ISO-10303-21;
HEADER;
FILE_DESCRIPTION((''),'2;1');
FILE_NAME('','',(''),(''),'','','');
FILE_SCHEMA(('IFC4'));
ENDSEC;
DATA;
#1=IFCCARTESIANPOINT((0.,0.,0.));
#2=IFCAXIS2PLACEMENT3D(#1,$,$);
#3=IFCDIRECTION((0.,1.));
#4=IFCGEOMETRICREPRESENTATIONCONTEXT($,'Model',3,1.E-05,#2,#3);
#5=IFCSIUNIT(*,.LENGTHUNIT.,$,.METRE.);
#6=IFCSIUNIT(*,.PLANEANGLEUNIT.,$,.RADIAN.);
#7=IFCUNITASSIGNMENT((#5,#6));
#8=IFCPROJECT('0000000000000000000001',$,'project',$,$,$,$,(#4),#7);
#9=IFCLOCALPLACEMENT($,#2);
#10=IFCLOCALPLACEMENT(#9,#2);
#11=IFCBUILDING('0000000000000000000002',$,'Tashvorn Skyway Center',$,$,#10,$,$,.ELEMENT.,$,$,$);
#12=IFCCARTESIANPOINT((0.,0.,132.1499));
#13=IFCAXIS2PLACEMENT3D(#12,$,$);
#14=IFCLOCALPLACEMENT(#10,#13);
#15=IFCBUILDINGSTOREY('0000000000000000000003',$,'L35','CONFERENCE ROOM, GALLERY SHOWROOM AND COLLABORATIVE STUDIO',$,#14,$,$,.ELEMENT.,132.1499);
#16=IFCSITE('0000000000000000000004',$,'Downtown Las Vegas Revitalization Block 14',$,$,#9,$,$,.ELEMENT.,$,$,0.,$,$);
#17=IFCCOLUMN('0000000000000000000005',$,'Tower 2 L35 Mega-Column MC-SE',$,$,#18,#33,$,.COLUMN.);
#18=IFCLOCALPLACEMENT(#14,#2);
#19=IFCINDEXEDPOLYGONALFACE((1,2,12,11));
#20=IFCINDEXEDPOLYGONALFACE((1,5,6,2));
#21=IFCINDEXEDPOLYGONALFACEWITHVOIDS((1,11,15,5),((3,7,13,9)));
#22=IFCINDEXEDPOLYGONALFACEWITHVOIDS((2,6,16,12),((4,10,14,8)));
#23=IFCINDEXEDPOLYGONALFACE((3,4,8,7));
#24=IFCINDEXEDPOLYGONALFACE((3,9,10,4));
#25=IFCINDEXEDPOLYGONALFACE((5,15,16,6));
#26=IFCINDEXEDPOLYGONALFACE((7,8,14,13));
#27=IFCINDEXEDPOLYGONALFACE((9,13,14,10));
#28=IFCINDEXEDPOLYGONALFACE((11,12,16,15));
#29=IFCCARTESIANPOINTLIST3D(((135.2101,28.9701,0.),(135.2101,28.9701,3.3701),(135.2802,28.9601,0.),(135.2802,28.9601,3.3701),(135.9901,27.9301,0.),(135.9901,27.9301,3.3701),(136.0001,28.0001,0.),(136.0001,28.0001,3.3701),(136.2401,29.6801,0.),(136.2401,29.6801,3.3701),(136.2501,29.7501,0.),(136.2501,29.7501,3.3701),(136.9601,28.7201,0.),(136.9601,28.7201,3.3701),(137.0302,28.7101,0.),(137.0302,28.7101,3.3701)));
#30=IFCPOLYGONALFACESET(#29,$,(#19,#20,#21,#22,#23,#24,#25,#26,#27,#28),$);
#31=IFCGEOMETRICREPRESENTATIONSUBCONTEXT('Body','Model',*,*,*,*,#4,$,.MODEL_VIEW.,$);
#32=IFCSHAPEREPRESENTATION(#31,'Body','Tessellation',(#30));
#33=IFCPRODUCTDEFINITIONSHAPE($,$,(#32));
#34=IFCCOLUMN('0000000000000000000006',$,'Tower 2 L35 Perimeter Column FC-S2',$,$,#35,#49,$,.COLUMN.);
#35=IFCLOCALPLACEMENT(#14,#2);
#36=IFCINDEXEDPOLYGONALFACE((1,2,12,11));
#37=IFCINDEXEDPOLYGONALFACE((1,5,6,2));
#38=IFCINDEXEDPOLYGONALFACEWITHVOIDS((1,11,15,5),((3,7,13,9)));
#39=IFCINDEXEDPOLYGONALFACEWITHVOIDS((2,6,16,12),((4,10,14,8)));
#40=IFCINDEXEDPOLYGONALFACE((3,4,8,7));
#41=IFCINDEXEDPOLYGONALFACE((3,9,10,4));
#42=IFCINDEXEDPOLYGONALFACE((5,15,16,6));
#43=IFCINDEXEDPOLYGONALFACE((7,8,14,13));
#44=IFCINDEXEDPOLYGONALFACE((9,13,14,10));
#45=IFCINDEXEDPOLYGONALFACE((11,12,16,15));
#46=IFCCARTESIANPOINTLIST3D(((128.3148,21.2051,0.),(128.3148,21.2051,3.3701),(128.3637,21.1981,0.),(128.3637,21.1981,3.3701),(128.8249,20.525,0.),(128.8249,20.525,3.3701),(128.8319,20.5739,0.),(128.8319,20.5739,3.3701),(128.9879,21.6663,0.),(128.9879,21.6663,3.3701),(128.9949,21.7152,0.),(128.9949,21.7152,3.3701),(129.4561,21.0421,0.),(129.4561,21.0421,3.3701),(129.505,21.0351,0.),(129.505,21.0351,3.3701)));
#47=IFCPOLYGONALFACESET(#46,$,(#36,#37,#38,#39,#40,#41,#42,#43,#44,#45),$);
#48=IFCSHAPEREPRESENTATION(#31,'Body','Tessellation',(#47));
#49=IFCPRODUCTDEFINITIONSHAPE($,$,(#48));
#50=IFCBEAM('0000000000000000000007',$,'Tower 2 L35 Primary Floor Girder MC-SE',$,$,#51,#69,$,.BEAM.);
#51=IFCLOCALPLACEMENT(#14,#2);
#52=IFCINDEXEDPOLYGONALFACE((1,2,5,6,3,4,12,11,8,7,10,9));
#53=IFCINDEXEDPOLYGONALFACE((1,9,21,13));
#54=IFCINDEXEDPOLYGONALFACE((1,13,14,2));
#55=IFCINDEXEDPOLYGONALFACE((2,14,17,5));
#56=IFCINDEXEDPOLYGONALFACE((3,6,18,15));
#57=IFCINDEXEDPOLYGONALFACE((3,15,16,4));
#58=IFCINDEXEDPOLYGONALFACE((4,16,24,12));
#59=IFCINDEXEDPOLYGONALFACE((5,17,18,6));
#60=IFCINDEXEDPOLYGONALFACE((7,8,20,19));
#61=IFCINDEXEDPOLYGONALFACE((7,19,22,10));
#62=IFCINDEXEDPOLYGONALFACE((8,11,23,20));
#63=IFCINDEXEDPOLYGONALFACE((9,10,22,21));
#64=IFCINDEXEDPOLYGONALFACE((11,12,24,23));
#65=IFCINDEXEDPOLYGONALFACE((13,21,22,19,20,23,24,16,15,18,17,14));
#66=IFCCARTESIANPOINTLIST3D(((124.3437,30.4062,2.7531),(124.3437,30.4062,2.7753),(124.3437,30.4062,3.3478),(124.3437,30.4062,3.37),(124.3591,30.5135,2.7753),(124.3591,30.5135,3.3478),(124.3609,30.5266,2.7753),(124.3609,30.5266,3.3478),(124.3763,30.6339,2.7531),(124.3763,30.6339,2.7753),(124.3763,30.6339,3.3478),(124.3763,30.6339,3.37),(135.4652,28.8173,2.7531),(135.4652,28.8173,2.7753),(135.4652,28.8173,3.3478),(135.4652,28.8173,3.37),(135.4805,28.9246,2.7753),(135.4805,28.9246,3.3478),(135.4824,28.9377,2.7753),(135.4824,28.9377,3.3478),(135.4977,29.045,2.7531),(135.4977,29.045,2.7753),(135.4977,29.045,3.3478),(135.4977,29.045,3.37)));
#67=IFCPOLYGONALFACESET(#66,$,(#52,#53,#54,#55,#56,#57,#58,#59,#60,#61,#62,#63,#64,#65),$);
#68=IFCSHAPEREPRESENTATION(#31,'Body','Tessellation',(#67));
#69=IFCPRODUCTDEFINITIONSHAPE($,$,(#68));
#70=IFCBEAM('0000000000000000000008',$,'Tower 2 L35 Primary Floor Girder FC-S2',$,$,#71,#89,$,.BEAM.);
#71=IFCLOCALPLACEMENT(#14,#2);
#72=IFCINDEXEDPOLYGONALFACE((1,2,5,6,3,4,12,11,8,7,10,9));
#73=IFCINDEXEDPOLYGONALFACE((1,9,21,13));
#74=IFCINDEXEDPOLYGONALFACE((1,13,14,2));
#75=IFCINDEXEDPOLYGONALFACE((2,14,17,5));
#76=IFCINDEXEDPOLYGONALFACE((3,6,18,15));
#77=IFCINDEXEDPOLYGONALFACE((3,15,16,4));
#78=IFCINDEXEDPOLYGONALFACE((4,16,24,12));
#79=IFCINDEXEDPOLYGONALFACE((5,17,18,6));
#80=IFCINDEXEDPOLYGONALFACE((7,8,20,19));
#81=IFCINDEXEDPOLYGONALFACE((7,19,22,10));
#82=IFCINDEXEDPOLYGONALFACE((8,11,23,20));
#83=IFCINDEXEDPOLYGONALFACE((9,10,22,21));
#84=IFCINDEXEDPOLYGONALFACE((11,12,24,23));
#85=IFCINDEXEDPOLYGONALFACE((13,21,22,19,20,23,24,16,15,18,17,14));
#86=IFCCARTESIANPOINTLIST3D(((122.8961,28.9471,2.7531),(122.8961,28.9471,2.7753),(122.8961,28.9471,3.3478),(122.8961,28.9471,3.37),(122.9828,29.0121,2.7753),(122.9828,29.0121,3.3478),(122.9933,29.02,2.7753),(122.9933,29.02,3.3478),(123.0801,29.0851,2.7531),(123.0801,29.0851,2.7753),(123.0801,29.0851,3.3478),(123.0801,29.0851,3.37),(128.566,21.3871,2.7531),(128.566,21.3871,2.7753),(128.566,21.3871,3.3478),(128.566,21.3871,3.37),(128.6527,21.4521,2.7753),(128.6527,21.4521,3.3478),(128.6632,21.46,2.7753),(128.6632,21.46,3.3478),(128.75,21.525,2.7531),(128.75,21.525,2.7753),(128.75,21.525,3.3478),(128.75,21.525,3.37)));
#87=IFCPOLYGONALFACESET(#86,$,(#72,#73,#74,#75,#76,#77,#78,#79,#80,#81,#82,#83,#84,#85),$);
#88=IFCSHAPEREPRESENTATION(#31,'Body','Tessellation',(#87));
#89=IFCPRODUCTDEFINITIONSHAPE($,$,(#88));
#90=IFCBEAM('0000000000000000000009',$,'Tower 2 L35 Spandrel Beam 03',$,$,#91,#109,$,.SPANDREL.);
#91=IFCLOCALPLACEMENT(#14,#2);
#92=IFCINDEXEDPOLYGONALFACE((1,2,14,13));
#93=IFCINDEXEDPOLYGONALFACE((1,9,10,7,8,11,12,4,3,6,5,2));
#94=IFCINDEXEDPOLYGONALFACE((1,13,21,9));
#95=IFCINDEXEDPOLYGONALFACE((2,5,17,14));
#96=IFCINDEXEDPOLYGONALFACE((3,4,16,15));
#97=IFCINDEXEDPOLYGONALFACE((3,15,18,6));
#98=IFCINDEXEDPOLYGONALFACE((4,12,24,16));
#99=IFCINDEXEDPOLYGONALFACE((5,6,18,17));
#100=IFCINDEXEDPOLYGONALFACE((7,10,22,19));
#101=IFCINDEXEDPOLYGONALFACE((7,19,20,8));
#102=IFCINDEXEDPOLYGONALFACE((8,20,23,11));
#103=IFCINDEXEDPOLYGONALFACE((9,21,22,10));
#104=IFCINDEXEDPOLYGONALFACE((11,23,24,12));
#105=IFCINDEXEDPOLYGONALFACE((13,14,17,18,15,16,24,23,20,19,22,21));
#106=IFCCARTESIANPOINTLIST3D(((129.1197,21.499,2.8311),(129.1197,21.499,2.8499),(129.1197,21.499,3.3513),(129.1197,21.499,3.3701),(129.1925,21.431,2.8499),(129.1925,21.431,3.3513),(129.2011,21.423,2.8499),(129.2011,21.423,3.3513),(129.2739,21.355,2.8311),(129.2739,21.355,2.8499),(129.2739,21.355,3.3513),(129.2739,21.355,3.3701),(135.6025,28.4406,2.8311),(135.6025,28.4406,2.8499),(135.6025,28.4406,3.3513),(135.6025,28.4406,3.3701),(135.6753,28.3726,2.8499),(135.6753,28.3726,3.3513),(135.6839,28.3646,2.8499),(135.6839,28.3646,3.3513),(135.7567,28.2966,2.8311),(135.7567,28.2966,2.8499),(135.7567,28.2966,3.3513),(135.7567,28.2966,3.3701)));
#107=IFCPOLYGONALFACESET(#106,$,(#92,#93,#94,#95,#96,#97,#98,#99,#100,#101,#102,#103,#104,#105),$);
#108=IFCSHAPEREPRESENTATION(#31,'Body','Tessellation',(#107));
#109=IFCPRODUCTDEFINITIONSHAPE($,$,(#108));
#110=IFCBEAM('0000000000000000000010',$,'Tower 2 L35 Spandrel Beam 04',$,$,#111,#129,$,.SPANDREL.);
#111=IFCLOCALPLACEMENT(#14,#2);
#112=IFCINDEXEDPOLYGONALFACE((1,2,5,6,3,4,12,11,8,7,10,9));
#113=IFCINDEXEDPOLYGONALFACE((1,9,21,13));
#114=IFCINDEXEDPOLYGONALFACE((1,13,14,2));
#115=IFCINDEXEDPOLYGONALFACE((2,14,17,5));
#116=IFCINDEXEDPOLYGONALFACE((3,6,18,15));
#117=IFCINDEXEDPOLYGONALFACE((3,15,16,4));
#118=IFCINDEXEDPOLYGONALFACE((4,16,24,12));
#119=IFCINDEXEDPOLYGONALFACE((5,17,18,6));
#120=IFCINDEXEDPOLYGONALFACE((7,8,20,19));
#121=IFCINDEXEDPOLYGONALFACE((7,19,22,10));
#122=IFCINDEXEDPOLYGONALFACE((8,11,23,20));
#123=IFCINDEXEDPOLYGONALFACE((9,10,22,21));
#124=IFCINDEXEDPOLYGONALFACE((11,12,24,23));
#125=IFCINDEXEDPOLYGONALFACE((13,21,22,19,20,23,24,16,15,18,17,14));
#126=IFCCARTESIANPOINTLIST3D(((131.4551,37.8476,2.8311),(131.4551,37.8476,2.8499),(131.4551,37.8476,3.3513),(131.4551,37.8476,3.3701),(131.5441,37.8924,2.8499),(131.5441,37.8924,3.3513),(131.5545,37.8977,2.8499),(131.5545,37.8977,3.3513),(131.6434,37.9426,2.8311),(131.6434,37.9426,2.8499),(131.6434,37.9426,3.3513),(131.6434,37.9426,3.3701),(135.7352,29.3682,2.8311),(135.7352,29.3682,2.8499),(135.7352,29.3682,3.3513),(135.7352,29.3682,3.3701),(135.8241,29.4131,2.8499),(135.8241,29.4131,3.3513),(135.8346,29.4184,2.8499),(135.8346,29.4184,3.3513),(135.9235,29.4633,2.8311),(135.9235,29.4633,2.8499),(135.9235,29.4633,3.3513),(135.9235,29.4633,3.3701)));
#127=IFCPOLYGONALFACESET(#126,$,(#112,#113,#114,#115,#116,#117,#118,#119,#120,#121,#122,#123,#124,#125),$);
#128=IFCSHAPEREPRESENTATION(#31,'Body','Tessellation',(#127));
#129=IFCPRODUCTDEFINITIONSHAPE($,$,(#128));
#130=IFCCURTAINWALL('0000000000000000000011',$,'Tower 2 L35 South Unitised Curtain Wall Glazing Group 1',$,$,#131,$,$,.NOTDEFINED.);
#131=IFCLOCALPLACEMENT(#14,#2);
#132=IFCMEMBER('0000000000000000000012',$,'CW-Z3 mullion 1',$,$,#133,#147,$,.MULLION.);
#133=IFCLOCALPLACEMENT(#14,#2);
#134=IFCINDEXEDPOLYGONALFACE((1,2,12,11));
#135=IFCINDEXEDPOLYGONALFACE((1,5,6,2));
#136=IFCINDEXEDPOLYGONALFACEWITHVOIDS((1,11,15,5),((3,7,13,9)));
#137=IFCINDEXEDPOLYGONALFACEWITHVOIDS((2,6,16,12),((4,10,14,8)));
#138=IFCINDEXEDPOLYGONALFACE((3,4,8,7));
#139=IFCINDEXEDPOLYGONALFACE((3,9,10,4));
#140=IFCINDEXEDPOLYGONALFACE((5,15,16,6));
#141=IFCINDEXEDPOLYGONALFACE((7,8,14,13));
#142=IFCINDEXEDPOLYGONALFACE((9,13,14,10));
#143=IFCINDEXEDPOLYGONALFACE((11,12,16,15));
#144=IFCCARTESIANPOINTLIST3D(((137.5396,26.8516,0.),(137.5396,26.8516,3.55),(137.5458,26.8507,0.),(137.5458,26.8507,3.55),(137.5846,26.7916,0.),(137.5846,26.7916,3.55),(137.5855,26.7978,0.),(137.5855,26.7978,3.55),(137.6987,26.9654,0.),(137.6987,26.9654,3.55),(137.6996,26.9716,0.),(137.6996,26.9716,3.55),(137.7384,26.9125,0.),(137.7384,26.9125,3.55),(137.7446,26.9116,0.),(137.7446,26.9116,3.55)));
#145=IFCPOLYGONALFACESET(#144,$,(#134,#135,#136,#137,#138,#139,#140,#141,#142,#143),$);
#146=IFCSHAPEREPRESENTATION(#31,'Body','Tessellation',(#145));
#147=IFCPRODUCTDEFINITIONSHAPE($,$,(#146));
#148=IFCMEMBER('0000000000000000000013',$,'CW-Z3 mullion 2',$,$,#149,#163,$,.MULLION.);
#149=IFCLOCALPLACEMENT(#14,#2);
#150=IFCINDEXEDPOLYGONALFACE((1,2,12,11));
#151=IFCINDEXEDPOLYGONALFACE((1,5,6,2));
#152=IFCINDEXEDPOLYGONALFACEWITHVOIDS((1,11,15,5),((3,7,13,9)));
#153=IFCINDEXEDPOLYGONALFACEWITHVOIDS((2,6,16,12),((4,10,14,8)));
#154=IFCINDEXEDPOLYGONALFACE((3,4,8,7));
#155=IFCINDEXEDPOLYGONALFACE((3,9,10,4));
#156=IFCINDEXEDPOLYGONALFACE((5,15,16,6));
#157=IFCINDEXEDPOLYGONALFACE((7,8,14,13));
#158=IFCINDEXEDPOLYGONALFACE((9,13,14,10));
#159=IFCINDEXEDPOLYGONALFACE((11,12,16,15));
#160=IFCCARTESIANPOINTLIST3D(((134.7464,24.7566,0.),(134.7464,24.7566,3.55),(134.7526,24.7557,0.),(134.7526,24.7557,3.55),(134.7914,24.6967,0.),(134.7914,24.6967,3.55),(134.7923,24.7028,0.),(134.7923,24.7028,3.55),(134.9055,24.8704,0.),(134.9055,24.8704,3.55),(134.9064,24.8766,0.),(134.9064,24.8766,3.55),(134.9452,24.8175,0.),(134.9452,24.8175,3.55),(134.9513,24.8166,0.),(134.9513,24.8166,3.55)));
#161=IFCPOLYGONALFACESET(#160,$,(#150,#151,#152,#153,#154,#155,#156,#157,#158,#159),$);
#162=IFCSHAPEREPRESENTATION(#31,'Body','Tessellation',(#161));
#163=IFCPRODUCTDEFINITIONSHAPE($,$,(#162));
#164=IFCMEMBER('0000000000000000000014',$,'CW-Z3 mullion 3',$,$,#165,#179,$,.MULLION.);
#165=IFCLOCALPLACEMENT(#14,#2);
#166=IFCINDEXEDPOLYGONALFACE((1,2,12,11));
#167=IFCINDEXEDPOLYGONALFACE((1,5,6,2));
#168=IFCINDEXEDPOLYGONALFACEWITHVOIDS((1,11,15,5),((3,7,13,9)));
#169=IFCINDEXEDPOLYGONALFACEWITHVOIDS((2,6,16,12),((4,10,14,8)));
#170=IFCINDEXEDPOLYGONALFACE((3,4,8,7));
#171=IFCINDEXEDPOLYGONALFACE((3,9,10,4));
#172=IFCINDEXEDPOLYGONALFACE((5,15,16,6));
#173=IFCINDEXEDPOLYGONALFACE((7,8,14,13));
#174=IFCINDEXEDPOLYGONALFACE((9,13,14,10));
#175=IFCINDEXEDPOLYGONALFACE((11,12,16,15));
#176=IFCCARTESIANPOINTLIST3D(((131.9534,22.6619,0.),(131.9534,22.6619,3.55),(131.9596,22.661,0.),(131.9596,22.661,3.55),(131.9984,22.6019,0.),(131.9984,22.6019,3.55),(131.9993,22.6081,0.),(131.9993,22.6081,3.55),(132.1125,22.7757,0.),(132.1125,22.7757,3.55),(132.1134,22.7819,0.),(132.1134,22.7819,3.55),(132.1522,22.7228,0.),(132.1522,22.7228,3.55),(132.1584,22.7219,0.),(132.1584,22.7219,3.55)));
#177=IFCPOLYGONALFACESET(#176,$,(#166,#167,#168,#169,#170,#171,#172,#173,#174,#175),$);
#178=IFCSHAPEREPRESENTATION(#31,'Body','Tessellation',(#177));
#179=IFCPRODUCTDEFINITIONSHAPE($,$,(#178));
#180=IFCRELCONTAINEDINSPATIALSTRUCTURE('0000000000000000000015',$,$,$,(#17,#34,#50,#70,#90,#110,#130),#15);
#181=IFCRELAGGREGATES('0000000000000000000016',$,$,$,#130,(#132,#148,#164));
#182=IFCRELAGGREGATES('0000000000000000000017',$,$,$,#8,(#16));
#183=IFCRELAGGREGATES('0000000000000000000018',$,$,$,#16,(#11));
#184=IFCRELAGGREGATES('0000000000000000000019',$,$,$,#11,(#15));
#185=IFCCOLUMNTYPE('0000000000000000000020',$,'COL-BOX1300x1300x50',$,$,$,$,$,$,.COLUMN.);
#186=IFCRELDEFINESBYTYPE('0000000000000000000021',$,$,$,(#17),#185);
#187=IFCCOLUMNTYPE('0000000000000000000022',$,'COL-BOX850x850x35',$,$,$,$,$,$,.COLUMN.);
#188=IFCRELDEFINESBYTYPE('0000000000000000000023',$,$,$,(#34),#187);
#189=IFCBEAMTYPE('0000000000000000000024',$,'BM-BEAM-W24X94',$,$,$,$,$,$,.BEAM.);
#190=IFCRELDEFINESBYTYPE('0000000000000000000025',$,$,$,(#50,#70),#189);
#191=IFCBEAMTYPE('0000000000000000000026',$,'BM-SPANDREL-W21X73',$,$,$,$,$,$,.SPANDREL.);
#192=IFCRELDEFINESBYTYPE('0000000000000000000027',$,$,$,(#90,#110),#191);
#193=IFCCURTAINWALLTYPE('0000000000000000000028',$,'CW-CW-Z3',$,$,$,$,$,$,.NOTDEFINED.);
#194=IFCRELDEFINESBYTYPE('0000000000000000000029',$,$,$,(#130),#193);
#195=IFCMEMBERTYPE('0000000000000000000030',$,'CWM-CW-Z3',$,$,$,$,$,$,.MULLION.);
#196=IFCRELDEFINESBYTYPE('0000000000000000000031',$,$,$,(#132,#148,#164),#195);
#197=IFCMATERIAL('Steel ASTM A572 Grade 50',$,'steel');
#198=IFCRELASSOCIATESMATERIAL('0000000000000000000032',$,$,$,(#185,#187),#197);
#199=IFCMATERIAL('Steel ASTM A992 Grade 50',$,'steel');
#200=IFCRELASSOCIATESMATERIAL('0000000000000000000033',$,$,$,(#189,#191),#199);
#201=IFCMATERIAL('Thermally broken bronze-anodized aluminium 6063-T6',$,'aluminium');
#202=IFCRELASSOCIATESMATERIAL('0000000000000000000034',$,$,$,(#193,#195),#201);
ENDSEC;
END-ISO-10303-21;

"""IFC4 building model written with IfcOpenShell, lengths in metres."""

from ifc_helpers import new_model, si_unit, direction, frame, origin, origin_2d, place, context, subcontext, project, spatial, hollow_rectangle, i_section, extrude, material, material_profile, profile_set, type_object, element, aggregate, save


model = new_model("IFC4")

# Units and contexts
model_context = context("Model", 3, precision=1e-05, world=origin(), true_north=direction((0.0, 1.0)))
body_context = subcontext(model_context, "Body", "Model", "MODEL_VIEW")
ifc_project = project(units=[si_unit("LENGTHUNIT", "METRE"), si_unit("PLANEANGLEUNIT", "RADIAN")], contexts=[model_context])

# Site, building, storey
site_placement = place(None, origin())
site = spatial("IfcSite", under=ifc_project, at=site_placement, Name="Downtown Las Vegas Revitalization Block 14", CompositionType="ELEMENT", RefElevation=0.0)
building_placement = place(site_placement, origin())
building = spatial("IfcBuilding", under=site, at=building_placement, Name="Tashvorn Skyway Center", CompositionType="ELEMENT")
storey_placement = place(building_placement, frame((0.0, 0.0, 132.1499)))
storey = spatial("IfcBuildingStorey", under=building, at=storey_placement, Name="L35", Description="CONFERENCE ROOM, GALLERY SHOWROOM AND COLLABORATIVE STUDIO", CompositionType="ELEMENT", Elevation=132.1499)

# Columns
ifc_material_1 = material(Name="Steel ASTM A572 Grade 50", Category="steel")
ifc_material_profile_1 = material_profile(ifc_material_1, hollow_rectangle(XDim=1.3, YDim=1.3, WallThickness=0.05, at=origin_2d()), Name="BOX1300x1300x50")
ifc_profile_set_1 = profile_set([ifc_material_profile_1], Name="Steel ASTM A572 Grade 50")
column_type_1 = type_object("IfcColumnType", Name="COL-BOX1300x1300x50", PredefinedType="COLUMN", material=ifc_profile_set_1)
column_1_placement = place(storey_placement, frame((136.1201, 28.8401, 0.0), z_axis=(0.0, 0.0, 1.0), x_axis=(0.8, 0.6, 0.0)))
element("IfcColumn", 1, at=column_1_placement, inside=storey, type_object=column_type_1, Name="Tower 2 L35 Mega-Column MC-SE", PredefinedType="COLUMN", context=body_context, shape_type="SweptSolid", body=[
    extrude(hollow_rectangle(XDim=1.3, YDim=1.3, WallThickness=0.05, at=origin_2d()), origin(), (0.0, 0.0, 1.0), 3.3701),
])
ifc_material_profile_2 = material_profile(ifc_material_1, hollow_rectangle(XDim=0.8501, YDim=0.8501, WallThickness=0.0349, at=origin_2d()), Name="BOX850x850x35")
ifc_profile_set_2 = profile_set([ifc_material_profile_2], Name="Steel ASTM A572 Grade 50")
column_type_2 = type_object("IfcColumnType", Name="COL-BOX850x850x35", PredefinedType="COLUMN", material=ifc_profile_set_2)
column_2_placement = place(storey_placement, frame((128.9099, 21.1201, 0.0), z_axis=(0.0, 0.0, 1.0), x_axis=(0.8, 0.6, 0.0)))
element("IfcColumn", 2, at=column_2_placement, inside=storey, type_object=column_type_2, Name="Tower 2 L35 Perimeter Column FC-S2", PredefinedType="COLUMN", context=body_context, shape_type="SweptSolid", body=[
    extrude(hollow_rectangle(XDim=0.8501, YDim=0.8501, WallThickness=0.0349, at=origin_2d()), origin(), (0.0, 0.0, 1.0), 3.3701),
])

# Beams
ifc_material_2 = material(Name="Steel ASTM A992 Grade 50", Category="steel")
ifc_material_profile_3 = material_profile(ifc_material_2, i_section(OverallWidth=0.23, OverallDepth=0.6169, WebThickness=0.0132, FlangeThickness=0.0222, at=origin_2d()), Name="W24X94")
ifc_profile_set_3 = profile_set([ifc_material_profile_3], Name="Steel ASTM A992 Grade 50")
beam_type_1 = type_object("IfcBeamType", Name="BM-BEAM-W24X94", PredefinedType="BEAM", material=ifc_profile_set_3)
beam_1_placement = place(storey_placement, frame((135.4814, 28.9312, 3.0615), z_axis=(-0.989948, 0.14143, 0.0), x_axis=(-0.14143, -0.989948, 0.0)))
element("IfcBeam", 3, at=beam_1_placement, inside=storey, type_object=beam_type_1, Name="Tower 2 L35 Primary Floor Girder MC-SE", PredefinedType="BEAM", context=body_context, shape_type="SweptSolid", body=[
    extrude(i_section(OverallWidth=0.23, OverallDepth=0.6169, WebThickness=0.0132, FlangeThickness=0.0222, at=origin_2d()), origin(), (0.0, 0.0, 1.0), 11.2344),
])
beam_2_placement = place(storey_placement, frame((128.658, 21.4561, 3.0615), z_axis=(-0.599992, 0.800006, 0.0), x_axis=(-0.800006, -0.599992, 0.0)))
element("IfcBeam", 4, at=beam_2_placement, inside=storey, type_object=beam_type_1, Name="Tower 2 L35 Primary Floor Girder FC-S2", PredefinedType="BEAM", context=body_context, shape_type="SweptSolid", body=[
    extrude(i_section(OverallWidth=0.23, OverallDepth=0.6169, WebThickness=0.0132, FlangeThickness=0.0222, at=origin_2d()), origin(), (0.0, 0.0, 1.0), 9.45),
])
ifc_material_profile_4 = material_profile(ifc_material_2, i_section(OverallWidth=0.2109, OverallDepth=0.5391, WebThickness=0.0117, FlangeThickness=0.0188, at=origin_2d()), Name="W21X73")
ifc_profile_set_4 = profile_set([ifc_material_profile_4], Name="Steel ASTM A992 Grade 50")
beam_type_2 = type_object("IfcBeamType", Name="BM-SPANDREL-W21X73", PredefinedType="SPANDREL", material=ifc_profile_set_4)
beam_3_placement = place(storey_placement, frame((129.1968, 21.427, 3.1006), z_axis=(0.682545, 0.730843, 0.0), x_axis=(-0.730843, 0.682545, 0.0)))
element("IfcBeam", 5, at=beam_3_placement, inside=storey, type_object=beam_type_2, Name="Tower 2 L35 Spandrel Beam 03", PredefinedType="SPANDREL", context=body_context, shape_type="SweptSolid", body=[
    extrude(i_section(OverallWidth=0.2109, OverallDepth=0.5391, WebThickness=0.0117, FlangeThickness=0.0188, at=origin_2d()), origin(), (0.0, 0.0, 1.0), 9.498),
])
beam_4_placement = place(storey_placement, frame((135.8293, 29.4158, 3.1006), z_axis=(-0.450614, 0.892719, 0.0), x_axis=(-0.892719, -0.450614, 0.0)))
element("IfcBeam", 6, at=beam_4_placement, inside=storey, type_object=beam_type_2, Name="Tower 2 L35 Spandrel Beam 04", PredefinedType="SPANDREL", context=body_context, shape_type="SweptSolid", body=[
    extrude(i_section(OverallWidth=0.2109, OverallDepth=0.5391, WebThickness=0.0117, FlangeThickness=0.0188, at=origin_2d()), origin(), (0.0, 0.0, 1.0), 9.4983),
])

# Curtain wall, members
ifc_material_3 = material(Name="Thermally broken bronze-anodized aluminium 6063-T6", Category="aluminium")
curtain_wall_type = type_object("IfcCurtainWallType", Name="CW-CW-Z3", PredefinedType="NOTDEFINED", material=ifc_material_3)
curtain_wall_1_placement = place(storey_placement, origin())
curtain_wall_1 = element("IfcCurtainWall", 7, at=curtain_wall_1_placement, inside=storey, type_object=curtain_wall_type, Name="Tower 2 L35 South Unitised Curtain Wall Glazing Group 1", PredefinedType="NOTDEFINED")
ifc_material_profile_5 = material_profile(ifc_material_3, hollow_rectangle(XDim=0.075, YDim=0.2, WallThickness=0.0044, at=origin_2d()), Name="ALU-MULL-75x200")
ifc_profile_set_5 = profile_set([ifc_material_profile_5], Name="Thermally broken bronze-anodized aluminium 6063-T6")
member_type_1 = type_object("IfcMemberType", Name="CWM-CW-Z3", PredefinedType="MULLION", material=ifc_profile_set_5)
member_1_placement = place(storey_placement, frame((137.6421, 26.8816, 0.0), z_axis=(0.0, 0.0, 1.0), x_axis=(0.600005, -0.799997, 0.0)))
member_1 = element("IfcMember", 8, at=member_1_placement, type_object=member_type_1, Name="CW-Z3 mullion 1", PredefinedType="MULLION", context=body_context, shape_type="SweptSolid", body=[
    extrude(hollow_rectangle(XDim=0.075, YDim=0.2, WallThickness=0.0044, at=origin_2d()), origin(), (0.0, 0.0, 1.0), 3.55),
])
member_2_placement = place(storey_placement, frame((134.8489, 24.7866, 0.0), z_axis=(0.0, 0.0, 1.0), x_axis=(0.600005, -0.799997, 0.0)))
member_2 = element("IfcMember", 9, at=member_2_placement, type_object=member_type_1, Name="CW-Z3 mullion 2", PredefinedType="MULLION", context=body_context, shape_type="SweptSolid", body=[
    extrude(hollow_rectangle(XDim=0.075, YDim=0.2, WallThickness=0.0044, at=origin_2d()), origin(), (0.0, 0.0, 1.0), 3.55),
])
member_3_placement = place(storey_placement, frame((132.0559, 22.6919, 0.0), z_axis=(0.0, 0.0, 1.0), x_axis=(0.600005, -0.799997, 0.0)))
member_3 = element("IfcMember", 10, at=member_3_placement, type_object=member_type_1, Name="CW-Z3 mullion 3", PredefinedType="MULLION", context=body_context, shape_type="SweptSolid", body=[
    extrude(hollow_rectangle(XDim=0.075, YDim=0.2, WallThickness=0.0044, at=origin_2d()), origin(), (0.0, 0.0, 1.0), 3.55),
])

aggregate(curtain_wall_1, [member_1, member_2, member_3])

save(model, "model.ifc")
